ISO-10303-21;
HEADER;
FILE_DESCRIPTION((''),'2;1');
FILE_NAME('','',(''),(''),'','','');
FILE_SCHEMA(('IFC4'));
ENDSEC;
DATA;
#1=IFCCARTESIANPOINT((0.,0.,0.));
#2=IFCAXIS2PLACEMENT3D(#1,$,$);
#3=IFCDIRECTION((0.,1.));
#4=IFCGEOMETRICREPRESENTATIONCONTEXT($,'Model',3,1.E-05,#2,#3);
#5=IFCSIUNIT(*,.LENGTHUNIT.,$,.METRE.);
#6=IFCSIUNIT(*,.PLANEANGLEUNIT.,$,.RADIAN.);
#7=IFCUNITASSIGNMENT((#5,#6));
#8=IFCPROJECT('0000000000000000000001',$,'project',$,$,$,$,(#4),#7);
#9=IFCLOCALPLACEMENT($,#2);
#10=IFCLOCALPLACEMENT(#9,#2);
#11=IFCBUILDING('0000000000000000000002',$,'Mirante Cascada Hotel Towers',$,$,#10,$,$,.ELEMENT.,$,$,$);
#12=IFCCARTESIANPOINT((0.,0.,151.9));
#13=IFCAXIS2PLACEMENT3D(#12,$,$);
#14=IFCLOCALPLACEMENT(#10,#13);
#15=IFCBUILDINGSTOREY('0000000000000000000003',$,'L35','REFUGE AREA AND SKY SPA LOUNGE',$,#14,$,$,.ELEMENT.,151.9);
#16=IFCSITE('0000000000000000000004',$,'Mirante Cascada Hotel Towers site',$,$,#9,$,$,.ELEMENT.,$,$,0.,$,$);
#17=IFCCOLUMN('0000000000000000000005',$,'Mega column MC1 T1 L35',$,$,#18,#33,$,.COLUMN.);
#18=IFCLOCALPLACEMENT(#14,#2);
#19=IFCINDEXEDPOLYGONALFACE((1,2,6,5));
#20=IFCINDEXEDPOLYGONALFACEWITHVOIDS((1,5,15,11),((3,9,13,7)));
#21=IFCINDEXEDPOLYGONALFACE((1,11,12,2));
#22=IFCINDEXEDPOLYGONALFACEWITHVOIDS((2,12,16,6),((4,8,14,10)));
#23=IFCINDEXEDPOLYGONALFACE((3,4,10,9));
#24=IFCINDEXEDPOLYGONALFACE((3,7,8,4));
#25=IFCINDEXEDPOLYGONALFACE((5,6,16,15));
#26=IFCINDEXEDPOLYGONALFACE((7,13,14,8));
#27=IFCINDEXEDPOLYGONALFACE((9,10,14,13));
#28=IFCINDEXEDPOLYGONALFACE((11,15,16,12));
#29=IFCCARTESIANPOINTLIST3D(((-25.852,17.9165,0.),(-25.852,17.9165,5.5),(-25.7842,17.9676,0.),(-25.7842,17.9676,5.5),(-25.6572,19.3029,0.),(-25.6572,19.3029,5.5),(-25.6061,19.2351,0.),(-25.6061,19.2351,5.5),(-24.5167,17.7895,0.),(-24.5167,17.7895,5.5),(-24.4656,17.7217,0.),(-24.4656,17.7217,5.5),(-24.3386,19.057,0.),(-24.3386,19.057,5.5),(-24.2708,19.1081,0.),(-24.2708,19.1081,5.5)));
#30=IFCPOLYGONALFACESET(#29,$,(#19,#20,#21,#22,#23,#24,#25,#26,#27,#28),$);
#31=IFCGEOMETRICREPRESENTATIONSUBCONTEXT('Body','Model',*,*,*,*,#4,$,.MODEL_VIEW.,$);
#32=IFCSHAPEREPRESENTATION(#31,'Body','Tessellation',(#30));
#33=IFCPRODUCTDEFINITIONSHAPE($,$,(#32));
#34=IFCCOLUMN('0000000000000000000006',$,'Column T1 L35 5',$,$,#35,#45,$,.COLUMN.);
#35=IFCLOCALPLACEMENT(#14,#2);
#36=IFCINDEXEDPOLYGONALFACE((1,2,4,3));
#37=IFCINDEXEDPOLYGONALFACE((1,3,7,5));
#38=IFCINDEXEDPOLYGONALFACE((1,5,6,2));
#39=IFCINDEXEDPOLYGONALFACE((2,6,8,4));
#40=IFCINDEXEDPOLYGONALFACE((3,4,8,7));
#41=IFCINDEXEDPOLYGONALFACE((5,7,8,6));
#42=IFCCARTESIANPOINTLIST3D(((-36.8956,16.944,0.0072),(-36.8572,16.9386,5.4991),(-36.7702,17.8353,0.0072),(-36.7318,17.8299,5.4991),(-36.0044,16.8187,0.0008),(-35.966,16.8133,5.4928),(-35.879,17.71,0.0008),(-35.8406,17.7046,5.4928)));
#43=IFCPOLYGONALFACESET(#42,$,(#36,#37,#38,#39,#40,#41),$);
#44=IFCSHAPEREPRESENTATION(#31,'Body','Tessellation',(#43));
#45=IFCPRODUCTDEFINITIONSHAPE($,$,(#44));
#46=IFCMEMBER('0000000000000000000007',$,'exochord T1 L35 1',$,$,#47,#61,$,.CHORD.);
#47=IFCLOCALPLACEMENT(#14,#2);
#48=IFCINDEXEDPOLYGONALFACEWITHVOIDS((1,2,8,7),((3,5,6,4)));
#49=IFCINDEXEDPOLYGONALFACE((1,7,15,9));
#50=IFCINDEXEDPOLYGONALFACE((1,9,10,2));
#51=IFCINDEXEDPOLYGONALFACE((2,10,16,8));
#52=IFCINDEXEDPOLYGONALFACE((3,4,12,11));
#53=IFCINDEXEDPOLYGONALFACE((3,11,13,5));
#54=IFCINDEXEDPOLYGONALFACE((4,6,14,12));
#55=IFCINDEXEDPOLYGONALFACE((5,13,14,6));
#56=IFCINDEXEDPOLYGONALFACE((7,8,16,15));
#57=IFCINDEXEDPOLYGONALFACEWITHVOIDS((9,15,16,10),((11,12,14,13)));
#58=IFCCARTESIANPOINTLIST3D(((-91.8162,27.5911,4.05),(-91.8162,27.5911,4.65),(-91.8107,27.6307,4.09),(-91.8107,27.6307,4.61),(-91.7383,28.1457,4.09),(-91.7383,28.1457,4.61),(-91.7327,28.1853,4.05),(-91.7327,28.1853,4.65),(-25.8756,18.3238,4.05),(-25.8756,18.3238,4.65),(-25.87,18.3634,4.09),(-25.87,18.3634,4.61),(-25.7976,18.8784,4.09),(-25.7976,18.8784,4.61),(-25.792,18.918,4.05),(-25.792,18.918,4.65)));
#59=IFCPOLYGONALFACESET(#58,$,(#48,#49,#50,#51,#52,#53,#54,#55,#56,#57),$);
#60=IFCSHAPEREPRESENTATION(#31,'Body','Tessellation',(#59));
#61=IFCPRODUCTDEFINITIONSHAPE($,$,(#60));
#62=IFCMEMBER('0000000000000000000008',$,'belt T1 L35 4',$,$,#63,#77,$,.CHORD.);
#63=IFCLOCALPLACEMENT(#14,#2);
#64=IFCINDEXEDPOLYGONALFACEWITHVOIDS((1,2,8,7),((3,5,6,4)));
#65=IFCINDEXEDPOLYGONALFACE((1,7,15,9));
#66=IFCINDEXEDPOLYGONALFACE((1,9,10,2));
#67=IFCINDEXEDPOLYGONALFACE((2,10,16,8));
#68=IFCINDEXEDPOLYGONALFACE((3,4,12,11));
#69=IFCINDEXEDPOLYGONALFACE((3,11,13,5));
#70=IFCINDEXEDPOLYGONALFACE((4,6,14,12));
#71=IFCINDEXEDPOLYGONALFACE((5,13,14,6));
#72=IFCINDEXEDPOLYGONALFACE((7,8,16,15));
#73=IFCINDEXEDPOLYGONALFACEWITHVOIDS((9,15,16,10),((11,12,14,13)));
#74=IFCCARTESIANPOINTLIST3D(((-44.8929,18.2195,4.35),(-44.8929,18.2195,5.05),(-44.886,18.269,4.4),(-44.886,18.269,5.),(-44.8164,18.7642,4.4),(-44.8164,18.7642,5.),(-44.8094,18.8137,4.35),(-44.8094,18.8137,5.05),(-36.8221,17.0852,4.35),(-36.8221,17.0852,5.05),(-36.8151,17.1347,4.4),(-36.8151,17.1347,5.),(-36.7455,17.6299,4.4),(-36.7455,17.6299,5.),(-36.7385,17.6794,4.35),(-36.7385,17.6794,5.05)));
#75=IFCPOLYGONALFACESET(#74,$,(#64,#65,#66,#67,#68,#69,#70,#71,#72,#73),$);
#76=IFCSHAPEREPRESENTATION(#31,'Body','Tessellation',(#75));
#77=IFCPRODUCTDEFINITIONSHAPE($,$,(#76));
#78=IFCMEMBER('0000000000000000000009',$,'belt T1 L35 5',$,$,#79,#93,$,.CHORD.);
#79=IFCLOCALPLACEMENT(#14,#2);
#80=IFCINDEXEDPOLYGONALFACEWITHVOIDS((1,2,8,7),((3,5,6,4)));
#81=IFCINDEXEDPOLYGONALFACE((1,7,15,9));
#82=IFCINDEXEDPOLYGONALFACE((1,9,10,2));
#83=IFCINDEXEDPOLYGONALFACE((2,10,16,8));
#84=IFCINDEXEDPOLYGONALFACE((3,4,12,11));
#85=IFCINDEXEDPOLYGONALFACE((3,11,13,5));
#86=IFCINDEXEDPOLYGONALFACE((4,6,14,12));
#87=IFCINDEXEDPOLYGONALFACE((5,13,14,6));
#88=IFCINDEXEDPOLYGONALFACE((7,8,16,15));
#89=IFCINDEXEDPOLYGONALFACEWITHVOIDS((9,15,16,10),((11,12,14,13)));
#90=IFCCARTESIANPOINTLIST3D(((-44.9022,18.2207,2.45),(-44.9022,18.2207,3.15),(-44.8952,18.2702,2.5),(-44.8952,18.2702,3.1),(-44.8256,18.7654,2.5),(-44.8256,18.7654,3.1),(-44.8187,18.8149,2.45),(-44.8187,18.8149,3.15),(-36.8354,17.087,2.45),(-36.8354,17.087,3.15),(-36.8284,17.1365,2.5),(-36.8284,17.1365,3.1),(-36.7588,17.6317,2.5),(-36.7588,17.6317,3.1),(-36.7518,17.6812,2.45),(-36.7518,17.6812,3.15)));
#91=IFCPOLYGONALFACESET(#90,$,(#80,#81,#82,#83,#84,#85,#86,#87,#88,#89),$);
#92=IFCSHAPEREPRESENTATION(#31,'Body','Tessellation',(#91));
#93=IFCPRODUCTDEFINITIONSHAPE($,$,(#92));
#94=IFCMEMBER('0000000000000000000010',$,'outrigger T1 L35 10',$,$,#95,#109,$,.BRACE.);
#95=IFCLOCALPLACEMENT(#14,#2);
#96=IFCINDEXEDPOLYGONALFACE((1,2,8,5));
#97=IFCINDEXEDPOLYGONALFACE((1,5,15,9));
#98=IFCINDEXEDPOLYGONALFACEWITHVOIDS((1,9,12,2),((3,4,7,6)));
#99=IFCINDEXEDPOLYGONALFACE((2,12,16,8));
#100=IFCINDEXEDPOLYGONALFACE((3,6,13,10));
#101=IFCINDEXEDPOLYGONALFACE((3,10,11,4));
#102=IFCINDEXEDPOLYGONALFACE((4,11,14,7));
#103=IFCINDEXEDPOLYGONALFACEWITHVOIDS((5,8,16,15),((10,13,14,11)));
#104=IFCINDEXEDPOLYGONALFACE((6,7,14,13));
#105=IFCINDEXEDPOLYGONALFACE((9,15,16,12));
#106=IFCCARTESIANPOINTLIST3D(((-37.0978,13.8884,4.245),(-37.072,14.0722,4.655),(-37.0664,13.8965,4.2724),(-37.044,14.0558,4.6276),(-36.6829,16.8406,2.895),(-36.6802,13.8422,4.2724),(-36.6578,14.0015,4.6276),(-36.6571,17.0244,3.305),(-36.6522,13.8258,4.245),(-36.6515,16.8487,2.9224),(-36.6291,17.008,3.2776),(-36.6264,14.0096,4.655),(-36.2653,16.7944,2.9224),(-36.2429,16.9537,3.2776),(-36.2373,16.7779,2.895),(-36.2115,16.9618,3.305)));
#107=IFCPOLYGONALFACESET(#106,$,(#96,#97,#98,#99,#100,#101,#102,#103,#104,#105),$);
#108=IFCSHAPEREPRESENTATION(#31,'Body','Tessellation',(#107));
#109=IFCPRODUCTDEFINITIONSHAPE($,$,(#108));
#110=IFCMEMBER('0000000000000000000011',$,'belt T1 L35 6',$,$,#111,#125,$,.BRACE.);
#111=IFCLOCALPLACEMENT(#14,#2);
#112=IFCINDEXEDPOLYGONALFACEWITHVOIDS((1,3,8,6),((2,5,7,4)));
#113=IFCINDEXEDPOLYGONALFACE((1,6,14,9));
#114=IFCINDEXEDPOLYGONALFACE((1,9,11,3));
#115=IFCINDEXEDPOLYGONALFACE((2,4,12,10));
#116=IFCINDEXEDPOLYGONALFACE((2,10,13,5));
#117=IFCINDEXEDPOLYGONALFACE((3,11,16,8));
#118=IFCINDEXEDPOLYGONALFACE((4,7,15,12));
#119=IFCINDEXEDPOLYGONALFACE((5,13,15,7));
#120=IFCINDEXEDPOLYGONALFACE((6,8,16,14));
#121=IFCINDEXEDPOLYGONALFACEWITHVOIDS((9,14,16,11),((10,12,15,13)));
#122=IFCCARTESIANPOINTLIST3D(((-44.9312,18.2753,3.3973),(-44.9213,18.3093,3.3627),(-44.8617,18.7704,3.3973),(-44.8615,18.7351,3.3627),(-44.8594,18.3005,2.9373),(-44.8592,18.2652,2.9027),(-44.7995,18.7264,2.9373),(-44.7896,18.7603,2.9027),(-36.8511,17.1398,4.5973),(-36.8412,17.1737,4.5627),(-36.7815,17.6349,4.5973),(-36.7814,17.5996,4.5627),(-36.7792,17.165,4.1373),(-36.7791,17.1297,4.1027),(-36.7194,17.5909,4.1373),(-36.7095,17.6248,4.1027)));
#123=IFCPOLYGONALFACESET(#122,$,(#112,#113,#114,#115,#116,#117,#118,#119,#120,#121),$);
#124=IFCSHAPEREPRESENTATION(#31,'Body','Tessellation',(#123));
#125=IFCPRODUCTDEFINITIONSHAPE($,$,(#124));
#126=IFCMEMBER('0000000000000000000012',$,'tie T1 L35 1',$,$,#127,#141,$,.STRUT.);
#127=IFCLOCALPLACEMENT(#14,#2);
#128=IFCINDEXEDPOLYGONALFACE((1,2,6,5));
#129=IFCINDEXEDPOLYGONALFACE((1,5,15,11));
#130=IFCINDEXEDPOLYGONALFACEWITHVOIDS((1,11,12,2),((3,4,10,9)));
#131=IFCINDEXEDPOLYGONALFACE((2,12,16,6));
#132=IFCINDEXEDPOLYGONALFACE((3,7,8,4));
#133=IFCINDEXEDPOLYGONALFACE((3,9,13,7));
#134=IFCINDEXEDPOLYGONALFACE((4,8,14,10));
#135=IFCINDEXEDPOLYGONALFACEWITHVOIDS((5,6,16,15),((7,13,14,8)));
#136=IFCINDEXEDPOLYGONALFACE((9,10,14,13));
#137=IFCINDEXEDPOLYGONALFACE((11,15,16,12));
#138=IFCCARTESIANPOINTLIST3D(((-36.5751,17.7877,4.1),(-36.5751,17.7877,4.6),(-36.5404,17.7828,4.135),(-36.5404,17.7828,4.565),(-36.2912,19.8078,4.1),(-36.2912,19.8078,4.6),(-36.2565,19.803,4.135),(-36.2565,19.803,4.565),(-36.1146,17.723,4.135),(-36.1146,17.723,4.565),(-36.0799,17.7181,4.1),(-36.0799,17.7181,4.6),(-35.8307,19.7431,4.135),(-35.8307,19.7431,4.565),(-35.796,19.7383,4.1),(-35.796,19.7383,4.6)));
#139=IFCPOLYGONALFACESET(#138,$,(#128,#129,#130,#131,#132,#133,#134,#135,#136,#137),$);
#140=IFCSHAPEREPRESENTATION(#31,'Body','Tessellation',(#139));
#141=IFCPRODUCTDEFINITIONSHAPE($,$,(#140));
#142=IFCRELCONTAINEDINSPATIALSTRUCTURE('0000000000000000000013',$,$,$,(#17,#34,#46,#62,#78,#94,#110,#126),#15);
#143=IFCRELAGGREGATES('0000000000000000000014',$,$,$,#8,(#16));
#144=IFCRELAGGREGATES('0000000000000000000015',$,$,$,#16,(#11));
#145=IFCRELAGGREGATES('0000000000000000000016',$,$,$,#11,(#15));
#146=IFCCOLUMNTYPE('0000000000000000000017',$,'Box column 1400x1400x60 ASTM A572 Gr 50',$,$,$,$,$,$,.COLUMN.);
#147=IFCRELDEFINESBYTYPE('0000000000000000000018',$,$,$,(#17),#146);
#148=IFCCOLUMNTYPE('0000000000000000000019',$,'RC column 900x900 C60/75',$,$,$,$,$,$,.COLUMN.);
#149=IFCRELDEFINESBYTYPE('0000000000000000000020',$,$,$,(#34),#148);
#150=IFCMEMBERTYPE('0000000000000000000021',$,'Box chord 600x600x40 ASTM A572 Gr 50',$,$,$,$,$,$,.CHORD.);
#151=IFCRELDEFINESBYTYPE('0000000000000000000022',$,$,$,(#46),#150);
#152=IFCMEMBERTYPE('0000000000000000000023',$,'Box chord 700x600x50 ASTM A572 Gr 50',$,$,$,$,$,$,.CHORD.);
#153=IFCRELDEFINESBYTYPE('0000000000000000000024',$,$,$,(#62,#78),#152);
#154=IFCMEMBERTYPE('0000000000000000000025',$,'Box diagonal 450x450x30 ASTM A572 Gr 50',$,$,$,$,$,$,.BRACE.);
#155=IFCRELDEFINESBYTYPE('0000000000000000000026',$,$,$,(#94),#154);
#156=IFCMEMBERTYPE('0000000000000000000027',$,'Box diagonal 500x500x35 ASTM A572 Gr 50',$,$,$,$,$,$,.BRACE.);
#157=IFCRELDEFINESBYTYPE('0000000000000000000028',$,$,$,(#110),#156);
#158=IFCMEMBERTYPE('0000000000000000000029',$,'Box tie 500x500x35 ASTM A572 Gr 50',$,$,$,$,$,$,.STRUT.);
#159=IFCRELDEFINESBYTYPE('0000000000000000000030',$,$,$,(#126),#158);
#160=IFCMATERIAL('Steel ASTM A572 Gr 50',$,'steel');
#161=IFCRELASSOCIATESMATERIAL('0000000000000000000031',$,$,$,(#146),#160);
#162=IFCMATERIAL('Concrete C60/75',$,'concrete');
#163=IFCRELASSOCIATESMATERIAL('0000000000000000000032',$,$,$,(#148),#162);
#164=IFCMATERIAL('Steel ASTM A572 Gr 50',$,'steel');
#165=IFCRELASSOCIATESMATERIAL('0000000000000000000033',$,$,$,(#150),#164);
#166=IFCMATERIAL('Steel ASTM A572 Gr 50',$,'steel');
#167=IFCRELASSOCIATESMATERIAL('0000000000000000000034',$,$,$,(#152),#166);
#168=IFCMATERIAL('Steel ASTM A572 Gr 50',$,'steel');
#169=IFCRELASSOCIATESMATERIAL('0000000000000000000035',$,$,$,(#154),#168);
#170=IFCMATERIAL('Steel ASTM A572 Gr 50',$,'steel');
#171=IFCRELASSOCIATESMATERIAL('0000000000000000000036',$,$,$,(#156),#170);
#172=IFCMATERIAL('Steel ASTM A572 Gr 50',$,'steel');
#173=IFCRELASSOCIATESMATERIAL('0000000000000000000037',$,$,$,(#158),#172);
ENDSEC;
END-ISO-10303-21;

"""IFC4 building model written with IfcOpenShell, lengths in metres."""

from ifc_helpers import new_model, si_unit, direction, frame, origin, origin_2d, place, context, subcontext, project, spatial, rectangle, hollow_rectangle, extrude, material, material_profile, profile_set, type_object, element, save


model = new_model("IFC4")

# Units and contexts
model_context = context("Model", 3, precision=1e-05, world=origin(), true_north=direction((0.0, 1.0)))
body_context = subcontext(model_context, "Body", "Model", "MODEL_VIEW")
ifc_project = project(units=[si_unit("LENGTHUNIT", "METRE"), si_unit("PLANEANGLEUNIT", "RADIAN")], contexts=[model_context])

# Site, building, storey
site_placement = place(None, origin())
site = spatial("IfcSite", under=ifc_project, at=site_placement, Name="Mirante Cascada Hotel Towers site", CompositionType="ELEMENT", RefElevation=0.0)
building_placement = place(site_placement, origin())
building = spatial("IfcBuilding", under=site, at=building_placement, Name="Mirante Cascada Hotel Towers", CompositionType="ELEMENT")
storey_placement = place(building_placement, frame((0.0, 0.0, 151.9)))
storey = spatial("IfcBuildingStorey", under=building, at=storey_placement, Name="L35", Description="REFUGE AREA AND SKY SPA LOUNGE", CompositionType="ELEMENT", Elevation=151.9)

# Columns
ifc_material_1 = material(Name="Steel ASTM A572 Gr 50", Category="steel")
ifc_material_profile_1 = material_profile(ifc_material_1, hollow_rectangle(XDim=1.4, YDim=1.4, WallThickness=0.06, at=origin_2d()), Name="Box column 1400x1400x60 ASTM A572 Gr 50")
ifc_profile_set_1 = profile_set([ifc_material_profile_1], Name="Steel ASTM A572 Gr 50")
column_type_1 = type_object("IfcColumnType", Name="Box column 1400x1400x60 ASTM A572 Gr 50", PredefinedType="COLUMN", material=ifc_profile_set_1)
column_1_placement = place(storey_placement, frame((-25.0614, 18.5123, 0.0), z_axis=(0.0, 0.0, 1.0), x_axis=(-0.990268, 0.139173, 0.0)))
element("IfcColumn", 1, at=column_1_placement, inside=storey, type_object=column_type_1, Name="Mega column MC1 T1 L35", PredefinedType="COLUMN", context=body_context, shape_type="SweptSolid", body=[
    extrude(hollow_rectangle(XDim=1.4, YDim=1.4, WallThickness=0.06, at=origin_2d()), origin(), (0.0, 0.0, 1.0), 5.5),
])
ifc_material_2 = material(Name="Concrete C60/75", Category="concrete")
ifc_material_profile_2 = material_profile(ifc_material_2, rectangle(XDim=0.9, YDim=0.9, at=origin_2d()), Name="RC column 900x900 C60/75")
ifc_profile_set_2 = profile_set([ifc_material_profile_2], Name="Concrete C60/75")
column_type_2 = type_object("IfcColumnType", Name="RC column 900x900 C60/75", PredefinedType="COLUMN", material=ifc_profile_set_2)
column_2_placement = place(storey_placement, frame((-36.3873, 17.327, 0.004), z_axis=(0.006992, -0.000983, 0.999975), x_axis=(0.139255, 0.990257, 0.0)))
element("IfcColumn", 2, at=column_2_placement, inside=storey, type_object=column_type_2, Name="Column T1 L35 5", PredefinedType="COLUMN", context=body_context, shape_type="SweptSolid", body=[
    extrude(rectangle(XDim=0.9, YDim=0.9, at=origin_2d()), origin(), (0.0, 0.0, 1.0), 5.4921),
])

# Members
ifc_material_3 = material(Name="Steel ASTM A572 Gr 50", Category="steel")
ifc_material_profile_3 = material_profile(ifc_material_3, hollow_rectangle(XDim=0.6, YDim=0.6, WallThickness=0.04, at=origin_2d()), Name="Box chord 600x600x40 ASTM A572 Gr 50")
ifc_profile_set_3 = profile_set([ifc_material_profile_3], Name="Steel ASTM A572 Gr 50")
member_type_1 = type_object("IfcMemberType", Name="Box chord 600x600x40 ASTM A572 Gr 50", PredefinedType="CHORD", material=ifc_profile_set_3)
member_1_placement = place(storey_placement, frame((-25.8338, 18.6209, 4.35), z_axis=(-0.990268, 0.139172, 0.0), x_axis=(-0.139172, -0.990268, 0.0)))
element("IfcMember", 3, at=member_1_placement, inside=storey, type_object=member_type_1, Name="exochord T1 L35 1", PredefinedType="CHORD", context=body_context, shape_type="SweptSolid", body=[
    extrude(hollow_rectangle(XDim=0.6, YDim=0.6, WallThickness=0.04, at=origin_2d()), origin(), (0.0, 0.0, 1.0), 66.5887),
])
ifc_material_4 = material(Name="Steel ASTM A572 Gr 50", Category="steel")
ifc_material_profile_4 = material_profile(ifc_material_4, hollow_rectangle(XDim=0.6, YDim=0.7, WallThickness=0.05, at=origin_2d()), Name="Box chord 700x600x50 ASTM A572 Gr 50")
ifc_profile_set_4 = profile_set([ifc_material_profile_4], Name="Steel ASTM A572 Gr 50")
member_type_2 = type_object("IfcMemberType", Name="Box chord 700x600x50 ASTM A572 Gr 50", PredefinedType="CHORD", material=ifc_profile_set_4)
member_2_placement = place(storey_placement, frame((-36.7803, 17.3823, 4.7), z_axis=(-0.990268, 0.139174, 0.0), x_axis=(-0.139174, -0.990268, 0.0)))
element("IfcMember", 4, at=member_2_placement, inside=storey, type_object=member_type_2, Name="belt T1 L35 4", PredefinedType="CHORD", context=body_context, shape_type="SweptSolid", body=[
    extrude(hollow_rectangle(XDim=0.6, YDim=0.7, WallThickness=0.05, at=origin_2d()), origin(), (0.0, 0.0, 1.0), 8.1502),
])
member_3_placement = place(storey_placement, frame((-36.7936, 17.3841, 2.8), z_axis=(-0.990268, 0.139171, 0.0), x_axis=(-0.139171, -0.990268, 0.0)))
element("IfcMember", 5, at=member_3_placement, inside=storey, type_object=member_type_2, Name="belt T1 L35 5", PredefinedType="CHORD", context=body_context, shape_type="SweptSolid", body=[
    extrude(hollow_rectangle(XDim=0.6, YDim=0.7, WallThickness=0.05, at=origin_2d()), origin(), (0.0, 0.0, 1.0), 8.1461),
])
ifc_material_5 = material(Name="Steel ASTM A572 Gr 50", Category="steel")
ifc_material_profile_5 = material_profile(ifc_material_5, hollow_rectangle(XDim=0.45, YDim=0.45, WallThickness=0.03, at=origin_2d()), Name="Box diagonal 450x450x30 ASTM A572 Gr 50")
ifc_profile_set_5 = profile_set([ifc_material_profile_5], Name="Steel ASTM A572 Gr 50")
member_type_3 = type_object("IfcMemberType", Name="Box diagonal 450x450x30 ASTM A572 Gr 50", PredefinedType="BRACE", material=ifc_profile_set_5)
member_4_placement = place(storey_placement, frame((-36.8621, 13.949, 4.45), z_axis=(0.126779, 0.902087, -0.412512), x_axis=(-0.990268, 0.139172, 0.0)))
element("IfcMember", 6, at=member_4_placement, inside=storey, type_object=member_type_3, Name="outrigger T1 L35 10", PredefinedType="BRACE", context=body_context, shape_type="SweptSolid", body=[
    extrude(hollow_rectangle(XDim=0.45, YDim=0.45, WallThickness=0.03, at=origin_2d()), origin(), (0.0, 0.0, 1.0), 3.2726),
])
ifc_material_6 = material(Name="Steel ASTM A572 Gr 50", Category="steel")
ifc_material_profile_6 = material_profile(ifc_material_6, hollow_rectangle(XDim=0.5, YDim=0.5, WallThickness=0.035, at=origin_2d()), Name="Box diagonal 500x500x35 ASTM A572 Gr 50")
ifc_profile_set_6 = profile_set([ifc_material_profile_6], Name="Steel ASTM A572 Gr 50")
member_type_4 = type_object("IfcMemberType", Name="Box diagonal 500x500x35 ASTM A572 Gr 50", PredefinedType="BRACE", material=ifc_profile_set_6)
member_5_placement = place(storey_placement, frame((-36.7803, 17.3823, 4.35), z_axis=(-0.979731, 0.137682, -0.145503), x_axis=(-0.139163, -0.99027, 0.0)))
element("IfcMember", 7, at=member_5_placement, inside=storey, type_object=member_type_4, Name="belt T1 L35 6", PredefinedType="BRACE", context=body_context, shape_type="SweptSolid", body=[
    extrude(hollow_rectangle(XDim=0.5, YDim=0.5, WallThickness=0.035, at=origin_2d()), origin(), (0.0, 0.0, 1.0), 8.2473),
])
ifc_material_7 = material(Name="Steel ASTM A572 Gr 50", Category="steel")
ifc_material_profile_7 = material_profile(ifc_material_7, hollow_rectangle(XDim=0.5, YDim=0.5, WallThickness=0.035, at=origin_2d()), Name="Box tie 500x500x35 ASTM A572 Gr 50")
ifc_profile_set_7 = profile_set([ifc_material_profile_7], Name="Steel ASTM A572 Gr 50")
member_type_5 = type_object("IfcMemberType", Name="Box tie 500x500x35 ASTM A572 Gr 50", PredefinedType="STRUT", material=ifc_profile_set_7)
member_6_placement = place(storey_placement, frame((-36.3275, 17.7529, 4.35), z_axis=(0.13917, 0.990268, 0.0), x_axis=(-0.990268, 0.13917, 0.0)))
element("IfcMember", 8, at=member_6_placement, inside=storey, type_object=member_type_5, Name="tie T1 L35 1", PredefinedType="STRUT", context=body_context, shape_type="SweptSolid", body=[
    extrude(hollow_rectangle(XDim=0.5, YDim=0.5, WallThickness=0.035, at=origin_2d()), origin(), (0.0, 0.0, 1.0), 2.04),
])

save(model, "model.ifc")
